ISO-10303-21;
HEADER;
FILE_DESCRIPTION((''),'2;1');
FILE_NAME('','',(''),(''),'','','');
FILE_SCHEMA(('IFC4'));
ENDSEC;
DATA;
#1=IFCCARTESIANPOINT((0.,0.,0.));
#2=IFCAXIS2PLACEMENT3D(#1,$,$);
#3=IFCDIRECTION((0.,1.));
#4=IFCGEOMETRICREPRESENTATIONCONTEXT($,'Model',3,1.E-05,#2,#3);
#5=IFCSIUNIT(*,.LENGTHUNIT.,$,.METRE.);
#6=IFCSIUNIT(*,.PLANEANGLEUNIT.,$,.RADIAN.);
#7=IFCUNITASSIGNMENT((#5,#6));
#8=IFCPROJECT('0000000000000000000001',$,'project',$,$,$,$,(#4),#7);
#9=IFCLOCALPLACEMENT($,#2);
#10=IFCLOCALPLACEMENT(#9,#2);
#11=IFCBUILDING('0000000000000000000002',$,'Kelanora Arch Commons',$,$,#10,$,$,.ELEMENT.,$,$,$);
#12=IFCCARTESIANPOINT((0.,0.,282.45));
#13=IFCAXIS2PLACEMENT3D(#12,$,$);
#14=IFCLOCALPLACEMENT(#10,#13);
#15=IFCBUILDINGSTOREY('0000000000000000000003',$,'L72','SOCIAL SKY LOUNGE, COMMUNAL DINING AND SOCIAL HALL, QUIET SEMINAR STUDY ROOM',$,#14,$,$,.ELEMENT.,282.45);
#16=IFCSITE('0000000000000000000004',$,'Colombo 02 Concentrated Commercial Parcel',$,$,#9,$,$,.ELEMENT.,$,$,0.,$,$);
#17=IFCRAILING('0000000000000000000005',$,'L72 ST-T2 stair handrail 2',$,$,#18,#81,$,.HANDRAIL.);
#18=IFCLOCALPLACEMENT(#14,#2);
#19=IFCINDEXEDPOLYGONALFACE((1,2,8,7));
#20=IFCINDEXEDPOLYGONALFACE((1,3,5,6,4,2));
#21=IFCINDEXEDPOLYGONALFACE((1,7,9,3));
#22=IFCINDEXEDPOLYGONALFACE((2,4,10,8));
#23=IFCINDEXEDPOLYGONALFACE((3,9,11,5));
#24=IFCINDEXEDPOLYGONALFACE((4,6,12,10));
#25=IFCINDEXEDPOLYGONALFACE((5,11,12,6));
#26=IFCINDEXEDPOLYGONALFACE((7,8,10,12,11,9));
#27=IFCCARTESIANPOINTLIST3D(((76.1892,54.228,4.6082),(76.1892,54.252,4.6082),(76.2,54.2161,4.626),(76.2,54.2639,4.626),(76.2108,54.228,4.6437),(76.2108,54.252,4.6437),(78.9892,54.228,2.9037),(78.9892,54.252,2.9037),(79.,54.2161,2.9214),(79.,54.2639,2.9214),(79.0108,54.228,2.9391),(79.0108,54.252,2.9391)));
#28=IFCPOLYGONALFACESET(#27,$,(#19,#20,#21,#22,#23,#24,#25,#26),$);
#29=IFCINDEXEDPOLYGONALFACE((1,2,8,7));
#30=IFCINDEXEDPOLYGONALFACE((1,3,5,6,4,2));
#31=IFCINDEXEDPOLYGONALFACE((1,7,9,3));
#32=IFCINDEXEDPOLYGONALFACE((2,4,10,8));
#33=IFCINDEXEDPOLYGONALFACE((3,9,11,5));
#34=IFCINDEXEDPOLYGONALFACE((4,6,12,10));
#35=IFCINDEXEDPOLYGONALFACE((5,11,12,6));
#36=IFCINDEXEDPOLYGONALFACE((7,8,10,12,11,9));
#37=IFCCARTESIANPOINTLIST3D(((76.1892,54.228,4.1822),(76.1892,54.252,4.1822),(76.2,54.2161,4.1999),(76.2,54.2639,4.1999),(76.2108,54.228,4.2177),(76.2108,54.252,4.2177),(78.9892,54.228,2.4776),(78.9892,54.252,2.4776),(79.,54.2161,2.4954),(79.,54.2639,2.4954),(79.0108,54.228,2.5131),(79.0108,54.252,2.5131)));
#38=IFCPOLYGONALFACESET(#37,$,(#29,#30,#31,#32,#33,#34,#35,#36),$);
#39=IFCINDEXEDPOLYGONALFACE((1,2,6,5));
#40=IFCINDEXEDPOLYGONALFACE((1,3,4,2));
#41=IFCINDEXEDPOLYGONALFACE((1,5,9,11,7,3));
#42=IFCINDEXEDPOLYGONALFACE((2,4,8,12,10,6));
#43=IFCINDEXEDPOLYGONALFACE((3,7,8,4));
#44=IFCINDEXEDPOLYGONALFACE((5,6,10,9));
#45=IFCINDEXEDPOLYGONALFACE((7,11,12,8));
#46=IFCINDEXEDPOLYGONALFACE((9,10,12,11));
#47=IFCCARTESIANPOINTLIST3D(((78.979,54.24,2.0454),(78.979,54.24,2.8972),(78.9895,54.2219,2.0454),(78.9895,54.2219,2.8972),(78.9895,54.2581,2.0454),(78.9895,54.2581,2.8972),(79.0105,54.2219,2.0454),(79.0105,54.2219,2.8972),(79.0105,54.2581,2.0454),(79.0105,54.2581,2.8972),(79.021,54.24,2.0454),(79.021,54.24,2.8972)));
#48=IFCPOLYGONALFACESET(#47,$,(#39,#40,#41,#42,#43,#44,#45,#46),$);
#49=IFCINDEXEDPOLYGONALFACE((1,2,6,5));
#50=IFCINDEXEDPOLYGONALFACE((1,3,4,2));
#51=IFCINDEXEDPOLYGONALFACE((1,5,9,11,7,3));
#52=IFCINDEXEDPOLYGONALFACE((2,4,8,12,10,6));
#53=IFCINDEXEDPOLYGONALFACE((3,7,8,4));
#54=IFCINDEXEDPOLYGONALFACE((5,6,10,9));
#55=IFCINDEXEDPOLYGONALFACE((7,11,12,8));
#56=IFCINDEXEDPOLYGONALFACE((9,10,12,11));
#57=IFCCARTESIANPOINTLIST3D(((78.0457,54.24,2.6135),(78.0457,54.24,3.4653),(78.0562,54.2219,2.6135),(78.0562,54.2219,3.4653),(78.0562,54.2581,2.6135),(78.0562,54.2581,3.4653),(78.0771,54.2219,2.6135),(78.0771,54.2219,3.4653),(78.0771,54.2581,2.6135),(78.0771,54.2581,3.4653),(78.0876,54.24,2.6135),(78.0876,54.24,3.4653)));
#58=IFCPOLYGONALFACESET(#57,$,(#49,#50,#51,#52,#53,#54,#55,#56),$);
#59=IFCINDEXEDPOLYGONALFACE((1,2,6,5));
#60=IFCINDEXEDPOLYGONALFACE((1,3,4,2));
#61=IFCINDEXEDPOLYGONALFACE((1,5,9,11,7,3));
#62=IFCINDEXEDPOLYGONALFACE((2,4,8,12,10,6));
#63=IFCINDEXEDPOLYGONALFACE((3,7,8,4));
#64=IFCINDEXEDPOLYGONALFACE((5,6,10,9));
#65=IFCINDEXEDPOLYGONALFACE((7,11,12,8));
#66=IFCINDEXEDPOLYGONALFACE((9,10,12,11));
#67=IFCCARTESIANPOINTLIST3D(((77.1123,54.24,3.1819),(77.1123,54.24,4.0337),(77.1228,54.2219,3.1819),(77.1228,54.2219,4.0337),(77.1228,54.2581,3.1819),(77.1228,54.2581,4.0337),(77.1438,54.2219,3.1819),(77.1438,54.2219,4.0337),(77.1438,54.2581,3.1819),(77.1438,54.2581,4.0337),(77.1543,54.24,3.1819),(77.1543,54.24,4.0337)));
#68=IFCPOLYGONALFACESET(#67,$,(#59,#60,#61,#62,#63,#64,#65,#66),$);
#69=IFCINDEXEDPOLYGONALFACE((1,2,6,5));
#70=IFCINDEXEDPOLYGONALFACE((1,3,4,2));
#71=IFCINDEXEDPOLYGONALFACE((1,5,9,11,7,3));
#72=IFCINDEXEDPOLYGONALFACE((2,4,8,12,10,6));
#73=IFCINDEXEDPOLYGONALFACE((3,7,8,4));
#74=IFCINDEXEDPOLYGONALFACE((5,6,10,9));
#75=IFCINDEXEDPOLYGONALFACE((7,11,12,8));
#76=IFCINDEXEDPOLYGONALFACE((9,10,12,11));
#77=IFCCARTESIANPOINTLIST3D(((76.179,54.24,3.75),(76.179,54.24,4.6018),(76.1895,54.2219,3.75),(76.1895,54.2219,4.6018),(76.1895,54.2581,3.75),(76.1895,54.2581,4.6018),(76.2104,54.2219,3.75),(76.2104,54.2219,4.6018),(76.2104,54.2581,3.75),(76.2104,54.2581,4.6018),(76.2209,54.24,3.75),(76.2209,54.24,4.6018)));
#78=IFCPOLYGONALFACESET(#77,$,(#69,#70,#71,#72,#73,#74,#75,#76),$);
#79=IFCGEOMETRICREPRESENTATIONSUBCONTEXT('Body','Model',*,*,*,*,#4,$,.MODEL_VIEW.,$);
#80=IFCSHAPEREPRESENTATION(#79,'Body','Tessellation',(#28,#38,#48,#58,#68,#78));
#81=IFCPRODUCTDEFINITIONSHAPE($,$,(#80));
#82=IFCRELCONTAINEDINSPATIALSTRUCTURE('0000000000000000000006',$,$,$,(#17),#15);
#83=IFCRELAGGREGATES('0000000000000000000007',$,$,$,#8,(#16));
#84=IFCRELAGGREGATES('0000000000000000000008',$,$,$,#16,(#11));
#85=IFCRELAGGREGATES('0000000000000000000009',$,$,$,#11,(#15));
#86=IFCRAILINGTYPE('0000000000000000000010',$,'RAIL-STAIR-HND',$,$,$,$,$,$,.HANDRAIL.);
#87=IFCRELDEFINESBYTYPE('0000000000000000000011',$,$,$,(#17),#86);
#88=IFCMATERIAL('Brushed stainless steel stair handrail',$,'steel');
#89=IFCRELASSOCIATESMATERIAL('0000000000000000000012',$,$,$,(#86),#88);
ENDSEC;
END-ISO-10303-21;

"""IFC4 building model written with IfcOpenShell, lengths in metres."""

from ifc_helpers import new_model, si_unit, direction, frame, origin, place, context, subcontext, project, spatial, polyline, outline, extrude, material, type_object, element, save


model = new_model("IFC4")

# Units and contexts
model_context = context("Model", 3, precision=1e-05, world=origin(), true_north=direction((0.0, 1.0)))
body_context = subcontext(model_context, "Body", "Model", "MODEL_VIEW")
ifc_project = project(units=[si_unit("LENGTHUNIT", "METRE"), si_unit("PLANEANGLEUNIT", "RADIAN")], contexts=[model_context])

# Site, building, storey
site_placement = place(None, origin())
site = spatial("IfcSite", under=ifc_project, at=site_placement, Name="Colombo 02 Concentrated Commercial Parcel", CompositionType="ELEMENT", RefElevation=0.0)
building_placement = place(site_placement, origin())
building = spatial("IfcBuilding", under=site, at=building_placement, Name="Kelanora Arch Commons", CompositionType="ELEMENT")
storey_placement = place(building_placement, frame((0.0, 0.0, 282.45)))
storey = spatial("IfcBuildingStorey", under=building, at=storey_placement, Name="L72", Description="SOCIAL SKY LOUNGE, COMMUNAL DINING AND SOCIAL HALL, QUIET SEMINAR STUDY ROOM", CompositionType="ELEMENT", Elevation=282.45)

# Railing
ifc_material_1 = material(Name="Brushed stainless steel stair handrail", Category="steel")
railing_type_1 = type_object("IfcRailingType", Name="RAIL-STAIR-HND", PredefinedType="HANDRAIL", material=ifc_material_1)
railing_1_placement = place(storey_placement, frame((79.0, 54.24, 2.0454)))
element("IfcRailing", 1, at=railing_1_placement, inside=storey, type_object=railing_type_1, Name="L72 ST-T2 stair handrail 2", PredefinedType="HANDRAIL", context=body_context, shape_type="SweptSolid", body=[
    extrude(outline(polyline([(0.0239, 0.0), (0.012, 0.0208), (-0.012, 0.0208), (-0.0239, 0.0), (-0.012, -0.0208), (0.012, -0.0208), (0.0239, 0.0)])), frame((0.0, 0.0, 0.876), z_axis=(-0.85417, 0.0, 0.519994), x_axis=(0.0, -1.0, 0.0)), (0.0, 0.0, 1.0), 3.2781),
    extrude(outline(polyline([(0.0239, 0.0), (0.012, 0.0208), (-0.012, 0.0208), (-0.0239, 0.0), (-0.012, -0.0208), (0.012, -0.0208), (0.0239, 0.0)])), frame((0.0, 0.0, 0.45), z_axis=(-0.85417, 0.0, 0.519994), x_axis=(0.0, -1.0, 0.0)), (0.0, 0.0, 1.0), 3.2781),
    extrude(outline(polyline([(0.021, 0.0), (0.0105, 0.0181), (-0.0105, 0.0181), (-0.021, 0.0), (-0.0105, -0.0181), (0.0105, -0.0181), (0.021, 0.0)])), origin(), (0.0, 0.0, 1.0), 0.8518),
    extrude(outline(polyline([(0.021, 0.0), (0.0105, 0.0181), (-0.0105, 0.0181), (-0.021, 0.0), (-0.0105, -0.0181), (0.0105, -0.0181), (0.021, 0.0)])), frame((-0.9333, 0.0, 0.5681)), (0.0, 0.0, 1.0), 0.8518),
    extrude(outline(polyline([(0.021, 0.0), (0.0105, 0.0181), (-0.0105, 0.0181), (-0.021, 0.0), (-0.0105, -0.0181), (0.0105, -0.0181), (0.021, 0.0)])), frame((-1.8667, 0.0, 1.1365)), (0.0, 0.0, 1.0), 0.8518),
    extrude(outline(polyline([(0.021, 0.0), (0.0105, 0.0181), (-0.0105, 0.0181), (-0.021, 0.0), (-0.0105, -0.0181), (0.0105, -0.0181), (0.021, 0.0)])), frame((-2.8, 0.0, 1.7046)), (0.0, 0.0, 1.0), 0.8518),
])

save(model, "model.ifc")
